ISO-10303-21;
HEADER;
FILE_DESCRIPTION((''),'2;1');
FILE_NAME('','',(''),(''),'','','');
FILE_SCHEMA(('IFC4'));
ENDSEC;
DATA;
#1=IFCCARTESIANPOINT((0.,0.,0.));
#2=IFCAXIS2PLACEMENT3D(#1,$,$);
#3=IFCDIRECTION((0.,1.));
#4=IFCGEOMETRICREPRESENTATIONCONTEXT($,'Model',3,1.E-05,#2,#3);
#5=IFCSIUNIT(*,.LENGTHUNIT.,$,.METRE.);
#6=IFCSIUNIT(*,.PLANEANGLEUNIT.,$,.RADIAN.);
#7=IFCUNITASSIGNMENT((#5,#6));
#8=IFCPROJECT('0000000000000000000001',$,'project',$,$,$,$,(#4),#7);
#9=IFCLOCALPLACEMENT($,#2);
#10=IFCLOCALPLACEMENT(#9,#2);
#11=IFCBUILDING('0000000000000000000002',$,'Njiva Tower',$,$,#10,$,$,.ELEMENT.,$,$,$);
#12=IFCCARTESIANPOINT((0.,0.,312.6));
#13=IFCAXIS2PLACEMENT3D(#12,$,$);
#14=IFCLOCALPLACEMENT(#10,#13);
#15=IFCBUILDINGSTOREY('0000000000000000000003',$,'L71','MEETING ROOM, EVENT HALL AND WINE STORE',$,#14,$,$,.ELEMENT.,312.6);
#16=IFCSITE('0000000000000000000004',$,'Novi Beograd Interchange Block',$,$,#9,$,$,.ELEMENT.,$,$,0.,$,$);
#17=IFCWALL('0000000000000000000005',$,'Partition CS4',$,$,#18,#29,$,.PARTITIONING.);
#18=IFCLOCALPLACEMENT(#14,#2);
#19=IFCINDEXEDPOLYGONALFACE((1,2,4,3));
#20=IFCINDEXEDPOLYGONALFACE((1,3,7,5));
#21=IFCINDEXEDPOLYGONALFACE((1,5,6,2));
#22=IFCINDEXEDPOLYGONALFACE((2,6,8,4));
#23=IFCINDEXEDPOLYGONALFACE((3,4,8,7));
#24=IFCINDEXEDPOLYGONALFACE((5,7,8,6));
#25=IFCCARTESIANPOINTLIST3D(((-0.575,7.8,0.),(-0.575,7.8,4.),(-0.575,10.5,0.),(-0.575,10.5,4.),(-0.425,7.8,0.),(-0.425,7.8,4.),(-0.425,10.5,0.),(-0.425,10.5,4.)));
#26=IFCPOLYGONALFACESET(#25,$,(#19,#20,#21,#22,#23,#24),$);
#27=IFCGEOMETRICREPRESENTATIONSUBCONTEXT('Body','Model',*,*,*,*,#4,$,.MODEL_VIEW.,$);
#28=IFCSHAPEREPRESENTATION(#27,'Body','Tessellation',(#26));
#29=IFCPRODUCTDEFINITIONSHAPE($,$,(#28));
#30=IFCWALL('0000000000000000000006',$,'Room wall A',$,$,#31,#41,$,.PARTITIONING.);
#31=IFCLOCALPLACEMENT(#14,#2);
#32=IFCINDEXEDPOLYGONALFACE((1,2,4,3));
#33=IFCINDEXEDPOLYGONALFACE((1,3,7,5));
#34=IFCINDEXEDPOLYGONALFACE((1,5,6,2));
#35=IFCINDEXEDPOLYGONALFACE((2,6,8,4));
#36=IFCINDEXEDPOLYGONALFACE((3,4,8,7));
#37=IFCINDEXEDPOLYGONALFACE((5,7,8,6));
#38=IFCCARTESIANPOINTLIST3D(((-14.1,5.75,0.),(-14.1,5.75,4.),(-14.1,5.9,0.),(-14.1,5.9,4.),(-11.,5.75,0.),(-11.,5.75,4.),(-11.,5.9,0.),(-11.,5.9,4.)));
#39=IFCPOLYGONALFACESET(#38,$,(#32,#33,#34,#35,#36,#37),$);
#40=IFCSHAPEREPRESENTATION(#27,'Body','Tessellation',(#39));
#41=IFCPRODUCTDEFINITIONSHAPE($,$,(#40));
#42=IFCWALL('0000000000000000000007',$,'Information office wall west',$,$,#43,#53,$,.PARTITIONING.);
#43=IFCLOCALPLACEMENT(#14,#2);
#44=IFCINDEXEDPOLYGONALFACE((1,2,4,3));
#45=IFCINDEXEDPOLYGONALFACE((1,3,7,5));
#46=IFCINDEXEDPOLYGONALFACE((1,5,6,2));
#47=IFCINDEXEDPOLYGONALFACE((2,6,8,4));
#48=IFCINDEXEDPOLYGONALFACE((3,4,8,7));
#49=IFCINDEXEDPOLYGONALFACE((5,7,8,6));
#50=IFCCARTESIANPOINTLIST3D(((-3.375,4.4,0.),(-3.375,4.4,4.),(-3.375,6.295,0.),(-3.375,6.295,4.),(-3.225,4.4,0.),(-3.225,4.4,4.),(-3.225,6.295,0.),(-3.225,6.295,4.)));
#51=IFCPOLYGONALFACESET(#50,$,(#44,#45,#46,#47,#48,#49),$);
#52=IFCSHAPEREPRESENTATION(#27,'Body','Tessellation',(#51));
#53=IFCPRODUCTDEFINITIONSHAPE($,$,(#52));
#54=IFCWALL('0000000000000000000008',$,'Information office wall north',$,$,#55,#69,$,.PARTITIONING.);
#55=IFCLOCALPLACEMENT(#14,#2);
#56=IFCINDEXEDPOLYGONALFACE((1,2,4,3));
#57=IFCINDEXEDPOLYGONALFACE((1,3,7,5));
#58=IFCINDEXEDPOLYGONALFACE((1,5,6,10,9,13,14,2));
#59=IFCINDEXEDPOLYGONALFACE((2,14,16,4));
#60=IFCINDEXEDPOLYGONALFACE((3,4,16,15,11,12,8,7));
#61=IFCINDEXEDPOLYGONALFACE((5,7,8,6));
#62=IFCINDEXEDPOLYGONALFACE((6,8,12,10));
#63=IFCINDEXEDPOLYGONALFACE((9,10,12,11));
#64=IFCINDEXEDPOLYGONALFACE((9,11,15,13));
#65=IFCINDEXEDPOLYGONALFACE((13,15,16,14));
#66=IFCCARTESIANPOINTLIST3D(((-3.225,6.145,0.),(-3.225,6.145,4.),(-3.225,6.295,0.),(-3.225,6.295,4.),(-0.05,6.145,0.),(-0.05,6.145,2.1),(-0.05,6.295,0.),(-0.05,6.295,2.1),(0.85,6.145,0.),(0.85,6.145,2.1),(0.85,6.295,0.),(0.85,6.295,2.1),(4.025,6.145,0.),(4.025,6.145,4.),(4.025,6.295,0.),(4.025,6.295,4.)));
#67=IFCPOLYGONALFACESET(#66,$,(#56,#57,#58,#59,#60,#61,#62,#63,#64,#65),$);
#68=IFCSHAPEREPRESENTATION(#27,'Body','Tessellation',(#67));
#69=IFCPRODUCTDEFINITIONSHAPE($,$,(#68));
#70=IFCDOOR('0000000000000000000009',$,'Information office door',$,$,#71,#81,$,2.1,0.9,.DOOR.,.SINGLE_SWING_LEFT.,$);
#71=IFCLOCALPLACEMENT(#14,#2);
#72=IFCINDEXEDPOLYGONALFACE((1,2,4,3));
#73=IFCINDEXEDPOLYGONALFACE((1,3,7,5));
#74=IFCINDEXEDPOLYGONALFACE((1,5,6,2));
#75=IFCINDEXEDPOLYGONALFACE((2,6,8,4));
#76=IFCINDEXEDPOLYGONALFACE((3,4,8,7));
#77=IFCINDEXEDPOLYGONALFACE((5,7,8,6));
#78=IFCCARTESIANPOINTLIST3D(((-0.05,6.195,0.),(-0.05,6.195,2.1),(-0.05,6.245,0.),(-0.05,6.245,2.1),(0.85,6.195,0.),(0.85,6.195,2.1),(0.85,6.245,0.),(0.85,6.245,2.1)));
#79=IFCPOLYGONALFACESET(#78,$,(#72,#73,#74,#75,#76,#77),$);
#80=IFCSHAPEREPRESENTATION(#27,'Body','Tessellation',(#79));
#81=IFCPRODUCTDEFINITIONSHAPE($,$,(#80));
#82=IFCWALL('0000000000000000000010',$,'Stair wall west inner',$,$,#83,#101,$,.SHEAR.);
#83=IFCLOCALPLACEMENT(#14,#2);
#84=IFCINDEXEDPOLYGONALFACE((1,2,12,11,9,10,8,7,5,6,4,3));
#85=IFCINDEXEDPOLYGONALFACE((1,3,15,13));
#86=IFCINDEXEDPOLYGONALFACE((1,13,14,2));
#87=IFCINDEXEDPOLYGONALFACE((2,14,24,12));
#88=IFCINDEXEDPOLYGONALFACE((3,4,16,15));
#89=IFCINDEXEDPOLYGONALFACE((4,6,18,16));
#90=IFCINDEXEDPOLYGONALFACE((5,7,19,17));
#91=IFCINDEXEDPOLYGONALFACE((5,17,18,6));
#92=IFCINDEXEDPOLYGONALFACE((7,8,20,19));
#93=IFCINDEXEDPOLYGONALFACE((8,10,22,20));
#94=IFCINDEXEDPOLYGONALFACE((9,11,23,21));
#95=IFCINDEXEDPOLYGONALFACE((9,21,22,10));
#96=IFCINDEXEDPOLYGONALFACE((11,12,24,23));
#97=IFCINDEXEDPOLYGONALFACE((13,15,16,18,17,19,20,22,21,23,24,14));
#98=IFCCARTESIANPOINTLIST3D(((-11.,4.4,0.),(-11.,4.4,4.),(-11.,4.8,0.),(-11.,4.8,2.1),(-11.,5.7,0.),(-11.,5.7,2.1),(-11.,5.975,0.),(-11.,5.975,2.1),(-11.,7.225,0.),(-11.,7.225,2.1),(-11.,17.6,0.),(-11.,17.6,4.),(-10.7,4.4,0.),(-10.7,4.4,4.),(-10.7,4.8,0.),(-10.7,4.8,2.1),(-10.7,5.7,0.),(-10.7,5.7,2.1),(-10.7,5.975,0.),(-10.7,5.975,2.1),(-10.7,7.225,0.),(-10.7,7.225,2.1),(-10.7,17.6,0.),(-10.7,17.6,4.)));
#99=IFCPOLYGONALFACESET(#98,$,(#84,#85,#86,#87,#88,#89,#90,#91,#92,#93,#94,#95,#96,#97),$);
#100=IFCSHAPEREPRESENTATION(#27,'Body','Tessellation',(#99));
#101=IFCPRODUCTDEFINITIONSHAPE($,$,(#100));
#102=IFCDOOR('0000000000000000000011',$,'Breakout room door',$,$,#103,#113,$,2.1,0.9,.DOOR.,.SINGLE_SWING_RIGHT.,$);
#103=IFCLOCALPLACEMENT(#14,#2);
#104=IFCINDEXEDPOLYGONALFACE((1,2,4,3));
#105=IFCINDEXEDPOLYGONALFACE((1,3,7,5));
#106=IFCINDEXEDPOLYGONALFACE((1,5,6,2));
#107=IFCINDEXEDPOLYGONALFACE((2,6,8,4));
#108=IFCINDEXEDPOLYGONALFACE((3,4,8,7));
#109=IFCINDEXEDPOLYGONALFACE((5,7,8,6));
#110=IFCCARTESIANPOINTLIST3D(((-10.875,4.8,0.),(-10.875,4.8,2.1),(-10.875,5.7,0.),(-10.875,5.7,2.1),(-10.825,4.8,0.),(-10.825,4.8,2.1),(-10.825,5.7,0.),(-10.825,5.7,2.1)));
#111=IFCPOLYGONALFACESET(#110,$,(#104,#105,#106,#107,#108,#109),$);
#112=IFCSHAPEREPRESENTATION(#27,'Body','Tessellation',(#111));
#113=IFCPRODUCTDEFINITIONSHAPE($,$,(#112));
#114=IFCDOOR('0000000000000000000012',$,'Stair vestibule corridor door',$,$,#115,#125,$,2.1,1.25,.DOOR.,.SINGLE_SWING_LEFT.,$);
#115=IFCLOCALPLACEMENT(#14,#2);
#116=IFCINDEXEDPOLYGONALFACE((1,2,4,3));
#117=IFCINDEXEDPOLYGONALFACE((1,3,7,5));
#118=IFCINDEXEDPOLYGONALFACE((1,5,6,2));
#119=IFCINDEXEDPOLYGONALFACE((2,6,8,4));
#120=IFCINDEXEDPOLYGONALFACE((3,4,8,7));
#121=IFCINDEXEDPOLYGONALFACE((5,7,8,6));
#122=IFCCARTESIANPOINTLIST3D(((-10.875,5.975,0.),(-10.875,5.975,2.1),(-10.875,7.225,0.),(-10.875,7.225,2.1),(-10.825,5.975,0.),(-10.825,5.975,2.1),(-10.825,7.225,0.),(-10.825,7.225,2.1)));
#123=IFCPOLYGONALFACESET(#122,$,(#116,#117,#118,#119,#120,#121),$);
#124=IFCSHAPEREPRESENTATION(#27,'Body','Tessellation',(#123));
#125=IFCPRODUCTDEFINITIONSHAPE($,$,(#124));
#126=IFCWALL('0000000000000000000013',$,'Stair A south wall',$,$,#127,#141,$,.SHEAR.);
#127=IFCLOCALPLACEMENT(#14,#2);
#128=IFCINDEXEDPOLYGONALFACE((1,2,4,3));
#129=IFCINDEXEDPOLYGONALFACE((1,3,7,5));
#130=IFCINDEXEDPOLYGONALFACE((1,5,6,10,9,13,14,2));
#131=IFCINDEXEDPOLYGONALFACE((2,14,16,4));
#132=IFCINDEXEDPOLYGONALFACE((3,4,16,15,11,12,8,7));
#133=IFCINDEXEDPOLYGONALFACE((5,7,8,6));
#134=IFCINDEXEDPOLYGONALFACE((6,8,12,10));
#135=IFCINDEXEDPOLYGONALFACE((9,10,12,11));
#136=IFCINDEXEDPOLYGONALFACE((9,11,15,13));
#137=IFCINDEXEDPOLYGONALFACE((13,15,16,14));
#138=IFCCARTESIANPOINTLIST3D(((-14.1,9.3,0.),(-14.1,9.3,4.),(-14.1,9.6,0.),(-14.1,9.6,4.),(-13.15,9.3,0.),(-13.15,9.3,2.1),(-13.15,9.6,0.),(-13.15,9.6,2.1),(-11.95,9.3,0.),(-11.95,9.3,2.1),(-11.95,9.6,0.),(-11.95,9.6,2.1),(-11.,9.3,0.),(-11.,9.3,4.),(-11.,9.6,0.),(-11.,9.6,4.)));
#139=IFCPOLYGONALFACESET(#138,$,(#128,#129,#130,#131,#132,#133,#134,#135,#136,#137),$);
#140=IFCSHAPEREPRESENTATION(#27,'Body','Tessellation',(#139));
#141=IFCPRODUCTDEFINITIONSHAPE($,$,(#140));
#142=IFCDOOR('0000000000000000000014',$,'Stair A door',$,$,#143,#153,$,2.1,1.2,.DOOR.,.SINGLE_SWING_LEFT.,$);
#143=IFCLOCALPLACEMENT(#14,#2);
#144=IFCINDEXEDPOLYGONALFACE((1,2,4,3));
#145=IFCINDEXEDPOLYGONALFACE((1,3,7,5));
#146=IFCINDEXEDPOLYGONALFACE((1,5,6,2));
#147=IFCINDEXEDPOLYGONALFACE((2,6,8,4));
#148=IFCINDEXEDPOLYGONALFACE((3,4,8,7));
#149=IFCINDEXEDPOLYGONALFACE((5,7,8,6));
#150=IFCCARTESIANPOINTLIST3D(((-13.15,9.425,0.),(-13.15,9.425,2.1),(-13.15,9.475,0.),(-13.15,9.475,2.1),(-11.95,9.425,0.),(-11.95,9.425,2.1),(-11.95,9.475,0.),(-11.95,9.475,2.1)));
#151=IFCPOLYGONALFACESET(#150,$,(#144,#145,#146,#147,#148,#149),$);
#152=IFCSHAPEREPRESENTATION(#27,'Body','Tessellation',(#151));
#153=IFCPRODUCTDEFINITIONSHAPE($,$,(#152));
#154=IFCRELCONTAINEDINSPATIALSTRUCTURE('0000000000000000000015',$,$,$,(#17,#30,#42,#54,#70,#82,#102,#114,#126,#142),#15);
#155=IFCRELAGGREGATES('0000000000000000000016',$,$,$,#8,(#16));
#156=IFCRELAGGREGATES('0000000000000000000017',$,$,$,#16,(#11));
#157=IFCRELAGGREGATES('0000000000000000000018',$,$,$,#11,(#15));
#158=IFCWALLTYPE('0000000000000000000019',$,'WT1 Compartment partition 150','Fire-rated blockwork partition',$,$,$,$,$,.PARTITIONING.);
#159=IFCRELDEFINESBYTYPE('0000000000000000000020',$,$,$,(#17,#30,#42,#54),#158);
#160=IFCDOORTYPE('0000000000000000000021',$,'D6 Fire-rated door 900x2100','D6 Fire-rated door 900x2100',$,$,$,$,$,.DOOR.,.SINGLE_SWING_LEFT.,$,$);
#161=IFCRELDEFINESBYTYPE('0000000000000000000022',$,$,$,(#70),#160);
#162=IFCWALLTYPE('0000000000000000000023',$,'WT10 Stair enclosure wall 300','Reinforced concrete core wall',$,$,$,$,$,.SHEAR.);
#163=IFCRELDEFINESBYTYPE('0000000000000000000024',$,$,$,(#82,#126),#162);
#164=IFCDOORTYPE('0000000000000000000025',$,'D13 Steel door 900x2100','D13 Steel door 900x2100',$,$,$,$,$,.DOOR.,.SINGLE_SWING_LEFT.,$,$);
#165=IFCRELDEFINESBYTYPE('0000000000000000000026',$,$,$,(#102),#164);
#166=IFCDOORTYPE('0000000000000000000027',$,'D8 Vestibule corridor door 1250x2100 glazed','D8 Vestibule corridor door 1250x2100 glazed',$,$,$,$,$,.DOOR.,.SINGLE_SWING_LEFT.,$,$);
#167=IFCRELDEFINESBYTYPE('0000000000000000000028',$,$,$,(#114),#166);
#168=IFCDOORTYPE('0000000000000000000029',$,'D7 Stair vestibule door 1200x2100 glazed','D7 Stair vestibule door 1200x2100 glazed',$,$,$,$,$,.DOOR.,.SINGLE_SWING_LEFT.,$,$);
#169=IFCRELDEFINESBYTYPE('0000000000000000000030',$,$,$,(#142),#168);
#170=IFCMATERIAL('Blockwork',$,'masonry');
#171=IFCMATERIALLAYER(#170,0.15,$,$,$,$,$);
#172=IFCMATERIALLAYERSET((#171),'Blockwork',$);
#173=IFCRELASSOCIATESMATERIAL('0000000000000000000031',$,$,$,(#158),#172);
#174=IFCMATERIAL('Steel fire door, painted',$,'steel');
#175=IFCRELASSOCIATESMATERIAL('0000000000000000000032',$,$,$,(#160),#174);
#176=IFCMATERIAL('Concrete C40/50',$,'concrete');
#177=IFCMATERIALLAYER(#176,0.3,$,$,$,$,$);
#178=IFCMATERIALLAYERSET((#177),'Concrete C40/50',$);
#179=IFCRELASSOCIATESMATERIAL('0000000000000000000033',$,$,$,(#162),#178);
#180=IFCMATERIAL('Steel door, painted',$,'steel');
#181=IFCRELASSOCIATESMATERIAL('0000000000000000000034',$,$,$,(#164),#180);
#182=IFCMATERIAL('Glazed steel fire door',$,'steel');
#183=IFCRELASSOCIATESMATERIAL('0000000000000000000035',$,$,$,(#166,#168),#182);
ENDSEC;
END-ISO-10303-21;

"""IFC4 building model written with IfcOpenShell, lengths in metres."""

from ifc_helpers import new_model, si_unit, direction, frame, frame_2d, origin, place, context, subcontext, project, spatial, rectangle, extrude, material, layer, layer_set, type_object, element, fill, save


model = new_model("IFC4")

# Units and contexts
model_context = context("Model", 3, precision=1e-05, world=origin(), true_north=direction((0.0, 1.0)))
body_context = subcontext(model_context, "Body", "Model", "MODEL_VIEW")
ifc_project = project(units=[si_unit("LENGTHUNIT", "METRE"), si_unit("PLANEANGLEUNIT", "RADIAN")], contexts=[model_context])

# Site, building, storey
site_placement = place(None, origin())
site = spatial("IfcSite", under=ifc_project, at=site_placement, Name="Novi Beograd Interchange Block", CompositionType="ELEMENT", RefElevation=0.0)
building_placement = place(site_placement, origin())
building = spatial("IfcBuilding", under=site, at=building_placement, Name="Njiva Tower", CompositionType="ELEMENT")
storey_placement = place(building_placement, frame((0.0, 0.0, 312.6)))
storey = spatial("IfcBuildingStorey", under=building, at=storey_placement, Name="L71", Description="MEETING ROOM, EVENT HALL AND WINE STORE", CompositionType="ELEMENT", Elevation=312.6)

# Walls
ifc_material_1 = material(Name="Blockwork", Category="masonry")
ifc_layer_1 = layer(ifc_material_1, 0.15)
ifc_layer_set_1 = layer_set([ifc_layer_1], Name="Blockwork")
wall_type_1 = type_object("IfcWallType", Name="WT1 Compartment partition 150", Description="Fire-rated blockwork partition", PredefinedType="PARTITIONING", material=ifc_layer_set_1)
wall_1_placement = place(storey_placement, frame((-0.5, 7.8, 0.0), z_axis=(0.0, 0.0, 1.0), x_axis=(0.0, 1.0, 0.0)))
element("IfcWall", 1, at=wall_1_placement, inside=storey, type_object=wall_type_1, Name="Partition CS4", PredefinedType="PARTITIONING", context=body_context, shape_type="SweptSolid", body=[
    extrude(rectangle(XDim=2.7, YDim=0.15, at=frame_2d((1.35, 0.0))), origin(), (0.0, 0.0, 1.0), 4.0),
])
wall_2_placement = place(storey_placement, frame((-14.1, 5.825, 0.0), z_axis=(0.0, 0.0, 1.0), x_axis=(1.0, 0.0, 0.0)))
element("IfcWall", 2, at=wall_2_placement, inside=storey, type_object=wall_type_1, Name="Room wall A", PredefinedType="PARTITIONING", context=body_context, shape_type="SweptSolid", body=[
    extrude(rectangle(XDim=3.1, YDim=0.15, at=frame_2d((1.55, 0.0))), origin(), (0.0, 0.0, 1.0), 4.0),
])
wall_3_placement = place(storey_placement, frame((-3.3, 4.4, 0.0), z_axis=(0.0, 0.0, 1.0), x_axis=(0.0, 1.0, 0.0)))
element("IfcWall", 3, at=wall_3_placement, inside=storey, type_object=wall_type_1, Name="Information office wall west", PredefinedType="PARTITIONING", context=body_context, shape_type="SweptSolid", body=[
    extrude(rectangle(XDim=1.895, YDim=0.15, at=frame_2d((0.9475, 0.0))), origin(), (0.0, 0.0, 1.0), 4.0),
])

# Wall, opening, door
wall_4_placement = place(storey_placement, frame((-3.225, 6.22, 0.0), z_axis=(0.0, 0.0, 1.0), x_axis=(1.0, 0.0, 0.0)))
wall_4 = element("IfcWall", 4, at=wall_4_placement, inside=storey, type_object=wall_type_1, Name="Information office wall north", PredefinedType="PARTITIONING", context=body_context, shape_type="SweptSolid", body=[
    extrude(rectangle(XDim=7.25, YDim=0.15, at=frame_2d((3.625, 0.0))), origin(), (0.0, 0.0, 1.0), 4.0),
])
opening_1_placement = place(wall_4_placement, frame((3.175, 0.0, 0.0)))
opening_1 = element("IfcOpeningElement", 5, at=opening_1_placement, cuts=wall_4, PredefinedType="OPENING", context=body_context, shape_type="SweptSolid", body=[
    extrude(rectangle(XDim=0.9, YDim=2.1, at=frame_2d((0.45, 1.05))), frame((0.0, 0.085, 0.0), z_axis=(0.0, -1.0, 0.0), x_axis=(1.0, 0.0, 0.0)), (0.0, 0.0, 1.0), 0.17),
])
ifc_material_2 = material(Name="Steel fire door, painted", Category="steel")
door_type_1 = type_object("IfcDoorType", Name="D6 Fire-rated door 900x2100", Description="D6 Fire-rated door 900x2100", OperationType="SINGLE_SWING_LEFT", PredefinedType="DOOR", material=ifc_material_2)
door_1_placement = place(opening_1_placement, origin())
door_1 = element("IfcDoor", 6, at=door_1_placement, inside=storey, type_object=door_type_1, Name="Information office door", OperationType="SINGLE_SWING_LEFT", OverallHeight=2.1, OverallWidth=0.9, PredefinedType="DOOR", context=body_context, shape_type="SweptSolid", body=[
    extrude(rectangle(XDim=0.9, YDim=2.1, at=frame_2d((0.45, 1.05))), frame((0.0, 0.025, 0.0), z_axis=(0.0, -1.0, 0.0), x_axis=(1.0, 0.0, 0.0)), (0.0, 0.0, 1.0), 0.05),
])
fill(opening_1, door_1)

# Wall, openings, doors
ifc_material_3 = material(Name="Concrete C40/50", Category="concrete")
ifc_layer_2 = layer(ifc_material_3, 0.3)
ifc_layer_set_2 = layer_set([ifc_layer_2], Name="Concrete C40/50")
wall_type_2 = type_object("IfcWallType", Name="WT10 Stair enclosure wall 300", Description="Reinforced concrete core wall", PredefinedType="SHEAR", material=ifc_layer_set_2)
wall_5_placement = place(storey_placement, frame((-10.85, 4.4, 0.0), z_axis=(0.0, 0.0, 1.0), x_axis=(0.0, 1.0, 0.0)))
wall_5 = element("IfcWall", 7, at=wall_5_placement, inside=storey, type_object=wall_type_2, Name="Stair wall west inner", PredefinedType="SHEAR", context=body_context, shape_type="SweptSolid", body=[
    extrude(rectangle(XDim=13.2, YDim=0.3, at=frame_2d((6.6, 0.0))), origin(), (0.0, 0.0, 1.0), 4.0),
])
opening_2_placement = place(wall_5_placement, frame((1.575, 0.0, 0.0)))
opening_2 = element("IfcOpeningElement", 8, at=opening_2_placement, cuts=wall_5, PredefinedType="OPENING", context=body_context, shape_type="SweptSolid", body=[
    extrude(rectangle(XDim=1.25, YDim=2.1, at=frame_2d((0.625, 1.05))), frame((0.0, 0.16, 0.0), z_axis=(0.0, -1.0, 0.0), x_axis=(1.0, 0.0, 0.0)), (0.0, 0.0, 1.0), 0.32),
])
opening_3_placement = place(wall_5_placement, frame((0.4, 0.0, 0.0)))
opening_3 = element("IfcOpeningElement", 9, at=opening_3_placement, cuts=wall_5, PredefinedType="OPENING", context=body_context, shape_type="SweptSolid", body=[
    extrude(rectangle(XDim=0.9, YDim=2.1, at=frame_2d((0.45, 1.05))), frame((0.0, 0.16, 0.0), z_axis=(0.0, -1.0, 0.0), x_axis=(1.0, 0.0, 0.0)), (0.0, 0.0, 1.0), 0.32),
])
ifc_material_4 = material(Name="Steel door, painted", Category="steel")
door_type_2 = type_object("IfcDoorType", Name="D13 Steel door 900x2100", Description="D13 Steel door 900x2100", OperationType="SINGLE_SWING_LEFT", PredefinedType="DOOR", material=ifc_material_4)
door_2_placement = place(opening_3_placement, origin())
door_2 = element("IfcDoor", 10, at=door_2_placement, inside=storey, type_object=door_type_2, Name="Breakout room door", OperationType="SINGLE_SWING_RIGHT", OverallHeight=2.1, OverallWidth=0.9, PredefinedType="DOOR", context=body_context, shape_type="SweptSolid", body=[
    extrude(rectangle(XDim=0.9, YDim=2.1, at=frame_2d((0.45, 1.05))), frame((0.0, 0.025, 0.0), z_axis=(0.0, -1.0, 0.0), x_axis=(1.0, 0.0, 0.0)), (0.0, 0.0, 1.0), 0.05),
])
fill(opening_3, door_2)
ifc_material_5 = material(Name="Glazed steel fire door", Category="steel")
door_type_3 = type_object("IfcDoorType", Name="D8 Vestibule corridor door 1250x2100 glazed", Description="D8 Vestibule corridor door 1250x2100 glazed", OperationType="SINGLE_SWING_LEFT", PredefinedType="DOOR", material=ifc_material_5)
door_3_placement = place(opening_2_placement, origin())
door_3 = element("IfcDoor", 11, at=door_3_placement, inside=storey, type_object=door_type_3, Name="Stair vestibule corridor door", OperationType="SINGLE_SWING_LEFT", OverallHeight=2.1, OverallWidth=1.25, PredefinedType="DOOR", context=body_context, shape_type="SweptSolid", body=[
    extrude(rectangle(XDim=1.25, YDim=2.1, at=frame_2d((0.625, 1.05))), frame((0.0, 0.025, 0.0), z_axis=(0.0, -1.0, 0.0), x_axis=(1.0, 0.0, 0.0)), (0.0, 0.0, 1.0), 0.05),
])
fill(opening_2, door_3)

# Wall, opening, door
wall_6_placement = place(storey_placement, frame((-14.1, 9.45, 0.0), z_axis=(0.0, 0.0, 1.0), x_axis=(1.0, 0.0, 0.0)))
wall_6 = element("IfcWall", 12, at=wall_6_placement, inside=storey, type_object=wall_type_2, Name="Stair A south wall", PredefinedType="SHEAR", context=body_context, shape_type="SweptSolid", body=[
    extrude(rectangle(XDim=3.1, YDim=0.3, at=frame_2d((1.55, 0.0))), origin(), (0.0, 0.0, 1.0), 4.0),
])
opening_4_placement = place(wall_6_placement, frame((0.95, 0.0, 0.0)))
opening_4 = element("IfcOpeningElement", 13, at=opening_4_placement, cuts=wall_6, PredefinedType="OPENING", context=body_context, shape_type="SweptSolid", body=[
    extrude(rectangle(XDim=1.2, YDim=2.1, at=frame_2d((0.6, 1.05))), frame((0.0, 0.16, 0.0), z_axis=(0.0, -1.0, 0.0), x_axis=(1.0, 0.0, 0.0)), (0.0, 0.0, 1.0), 0.32),
])
door_type_4 = type_object("IfcDoorType", Name="D7 Stair vestibule door 1200x2100 glazed", Description="D7 Stair vestibule door 1200x2100 glazed", OperationType="SINGLE_SWING_LEFT", PredefinedType="DOOR", material=ifc_material_5)
door_4_placement = place(opening_4_placement, origin())
door_4 = element("IfcDoor", 14, at=door_4_placement, inside=storey, type_object=door_type_4, Name="Stair A door", OperationType="SINGLE_SWING_LEFT", OverallHeight=2.1, OverallWidth=1.2, PredefinedType="DOOR", context=body_context, shape_type="SweptSolid", body=[
    extrude(rectangle(XDim=1.2, YDim=2.1, at=frame_2d((0.6, 1.05))), frame((0.0, 0.025, 0.0), z_axis=(0.0, -1.0, 0.0), x_axis=(1.0, 0.0, 0.0)), (0.0, 0.0, 1.0), 0.05),
])
fill(opening_4, door_4)

save(model, "model.ifc")
